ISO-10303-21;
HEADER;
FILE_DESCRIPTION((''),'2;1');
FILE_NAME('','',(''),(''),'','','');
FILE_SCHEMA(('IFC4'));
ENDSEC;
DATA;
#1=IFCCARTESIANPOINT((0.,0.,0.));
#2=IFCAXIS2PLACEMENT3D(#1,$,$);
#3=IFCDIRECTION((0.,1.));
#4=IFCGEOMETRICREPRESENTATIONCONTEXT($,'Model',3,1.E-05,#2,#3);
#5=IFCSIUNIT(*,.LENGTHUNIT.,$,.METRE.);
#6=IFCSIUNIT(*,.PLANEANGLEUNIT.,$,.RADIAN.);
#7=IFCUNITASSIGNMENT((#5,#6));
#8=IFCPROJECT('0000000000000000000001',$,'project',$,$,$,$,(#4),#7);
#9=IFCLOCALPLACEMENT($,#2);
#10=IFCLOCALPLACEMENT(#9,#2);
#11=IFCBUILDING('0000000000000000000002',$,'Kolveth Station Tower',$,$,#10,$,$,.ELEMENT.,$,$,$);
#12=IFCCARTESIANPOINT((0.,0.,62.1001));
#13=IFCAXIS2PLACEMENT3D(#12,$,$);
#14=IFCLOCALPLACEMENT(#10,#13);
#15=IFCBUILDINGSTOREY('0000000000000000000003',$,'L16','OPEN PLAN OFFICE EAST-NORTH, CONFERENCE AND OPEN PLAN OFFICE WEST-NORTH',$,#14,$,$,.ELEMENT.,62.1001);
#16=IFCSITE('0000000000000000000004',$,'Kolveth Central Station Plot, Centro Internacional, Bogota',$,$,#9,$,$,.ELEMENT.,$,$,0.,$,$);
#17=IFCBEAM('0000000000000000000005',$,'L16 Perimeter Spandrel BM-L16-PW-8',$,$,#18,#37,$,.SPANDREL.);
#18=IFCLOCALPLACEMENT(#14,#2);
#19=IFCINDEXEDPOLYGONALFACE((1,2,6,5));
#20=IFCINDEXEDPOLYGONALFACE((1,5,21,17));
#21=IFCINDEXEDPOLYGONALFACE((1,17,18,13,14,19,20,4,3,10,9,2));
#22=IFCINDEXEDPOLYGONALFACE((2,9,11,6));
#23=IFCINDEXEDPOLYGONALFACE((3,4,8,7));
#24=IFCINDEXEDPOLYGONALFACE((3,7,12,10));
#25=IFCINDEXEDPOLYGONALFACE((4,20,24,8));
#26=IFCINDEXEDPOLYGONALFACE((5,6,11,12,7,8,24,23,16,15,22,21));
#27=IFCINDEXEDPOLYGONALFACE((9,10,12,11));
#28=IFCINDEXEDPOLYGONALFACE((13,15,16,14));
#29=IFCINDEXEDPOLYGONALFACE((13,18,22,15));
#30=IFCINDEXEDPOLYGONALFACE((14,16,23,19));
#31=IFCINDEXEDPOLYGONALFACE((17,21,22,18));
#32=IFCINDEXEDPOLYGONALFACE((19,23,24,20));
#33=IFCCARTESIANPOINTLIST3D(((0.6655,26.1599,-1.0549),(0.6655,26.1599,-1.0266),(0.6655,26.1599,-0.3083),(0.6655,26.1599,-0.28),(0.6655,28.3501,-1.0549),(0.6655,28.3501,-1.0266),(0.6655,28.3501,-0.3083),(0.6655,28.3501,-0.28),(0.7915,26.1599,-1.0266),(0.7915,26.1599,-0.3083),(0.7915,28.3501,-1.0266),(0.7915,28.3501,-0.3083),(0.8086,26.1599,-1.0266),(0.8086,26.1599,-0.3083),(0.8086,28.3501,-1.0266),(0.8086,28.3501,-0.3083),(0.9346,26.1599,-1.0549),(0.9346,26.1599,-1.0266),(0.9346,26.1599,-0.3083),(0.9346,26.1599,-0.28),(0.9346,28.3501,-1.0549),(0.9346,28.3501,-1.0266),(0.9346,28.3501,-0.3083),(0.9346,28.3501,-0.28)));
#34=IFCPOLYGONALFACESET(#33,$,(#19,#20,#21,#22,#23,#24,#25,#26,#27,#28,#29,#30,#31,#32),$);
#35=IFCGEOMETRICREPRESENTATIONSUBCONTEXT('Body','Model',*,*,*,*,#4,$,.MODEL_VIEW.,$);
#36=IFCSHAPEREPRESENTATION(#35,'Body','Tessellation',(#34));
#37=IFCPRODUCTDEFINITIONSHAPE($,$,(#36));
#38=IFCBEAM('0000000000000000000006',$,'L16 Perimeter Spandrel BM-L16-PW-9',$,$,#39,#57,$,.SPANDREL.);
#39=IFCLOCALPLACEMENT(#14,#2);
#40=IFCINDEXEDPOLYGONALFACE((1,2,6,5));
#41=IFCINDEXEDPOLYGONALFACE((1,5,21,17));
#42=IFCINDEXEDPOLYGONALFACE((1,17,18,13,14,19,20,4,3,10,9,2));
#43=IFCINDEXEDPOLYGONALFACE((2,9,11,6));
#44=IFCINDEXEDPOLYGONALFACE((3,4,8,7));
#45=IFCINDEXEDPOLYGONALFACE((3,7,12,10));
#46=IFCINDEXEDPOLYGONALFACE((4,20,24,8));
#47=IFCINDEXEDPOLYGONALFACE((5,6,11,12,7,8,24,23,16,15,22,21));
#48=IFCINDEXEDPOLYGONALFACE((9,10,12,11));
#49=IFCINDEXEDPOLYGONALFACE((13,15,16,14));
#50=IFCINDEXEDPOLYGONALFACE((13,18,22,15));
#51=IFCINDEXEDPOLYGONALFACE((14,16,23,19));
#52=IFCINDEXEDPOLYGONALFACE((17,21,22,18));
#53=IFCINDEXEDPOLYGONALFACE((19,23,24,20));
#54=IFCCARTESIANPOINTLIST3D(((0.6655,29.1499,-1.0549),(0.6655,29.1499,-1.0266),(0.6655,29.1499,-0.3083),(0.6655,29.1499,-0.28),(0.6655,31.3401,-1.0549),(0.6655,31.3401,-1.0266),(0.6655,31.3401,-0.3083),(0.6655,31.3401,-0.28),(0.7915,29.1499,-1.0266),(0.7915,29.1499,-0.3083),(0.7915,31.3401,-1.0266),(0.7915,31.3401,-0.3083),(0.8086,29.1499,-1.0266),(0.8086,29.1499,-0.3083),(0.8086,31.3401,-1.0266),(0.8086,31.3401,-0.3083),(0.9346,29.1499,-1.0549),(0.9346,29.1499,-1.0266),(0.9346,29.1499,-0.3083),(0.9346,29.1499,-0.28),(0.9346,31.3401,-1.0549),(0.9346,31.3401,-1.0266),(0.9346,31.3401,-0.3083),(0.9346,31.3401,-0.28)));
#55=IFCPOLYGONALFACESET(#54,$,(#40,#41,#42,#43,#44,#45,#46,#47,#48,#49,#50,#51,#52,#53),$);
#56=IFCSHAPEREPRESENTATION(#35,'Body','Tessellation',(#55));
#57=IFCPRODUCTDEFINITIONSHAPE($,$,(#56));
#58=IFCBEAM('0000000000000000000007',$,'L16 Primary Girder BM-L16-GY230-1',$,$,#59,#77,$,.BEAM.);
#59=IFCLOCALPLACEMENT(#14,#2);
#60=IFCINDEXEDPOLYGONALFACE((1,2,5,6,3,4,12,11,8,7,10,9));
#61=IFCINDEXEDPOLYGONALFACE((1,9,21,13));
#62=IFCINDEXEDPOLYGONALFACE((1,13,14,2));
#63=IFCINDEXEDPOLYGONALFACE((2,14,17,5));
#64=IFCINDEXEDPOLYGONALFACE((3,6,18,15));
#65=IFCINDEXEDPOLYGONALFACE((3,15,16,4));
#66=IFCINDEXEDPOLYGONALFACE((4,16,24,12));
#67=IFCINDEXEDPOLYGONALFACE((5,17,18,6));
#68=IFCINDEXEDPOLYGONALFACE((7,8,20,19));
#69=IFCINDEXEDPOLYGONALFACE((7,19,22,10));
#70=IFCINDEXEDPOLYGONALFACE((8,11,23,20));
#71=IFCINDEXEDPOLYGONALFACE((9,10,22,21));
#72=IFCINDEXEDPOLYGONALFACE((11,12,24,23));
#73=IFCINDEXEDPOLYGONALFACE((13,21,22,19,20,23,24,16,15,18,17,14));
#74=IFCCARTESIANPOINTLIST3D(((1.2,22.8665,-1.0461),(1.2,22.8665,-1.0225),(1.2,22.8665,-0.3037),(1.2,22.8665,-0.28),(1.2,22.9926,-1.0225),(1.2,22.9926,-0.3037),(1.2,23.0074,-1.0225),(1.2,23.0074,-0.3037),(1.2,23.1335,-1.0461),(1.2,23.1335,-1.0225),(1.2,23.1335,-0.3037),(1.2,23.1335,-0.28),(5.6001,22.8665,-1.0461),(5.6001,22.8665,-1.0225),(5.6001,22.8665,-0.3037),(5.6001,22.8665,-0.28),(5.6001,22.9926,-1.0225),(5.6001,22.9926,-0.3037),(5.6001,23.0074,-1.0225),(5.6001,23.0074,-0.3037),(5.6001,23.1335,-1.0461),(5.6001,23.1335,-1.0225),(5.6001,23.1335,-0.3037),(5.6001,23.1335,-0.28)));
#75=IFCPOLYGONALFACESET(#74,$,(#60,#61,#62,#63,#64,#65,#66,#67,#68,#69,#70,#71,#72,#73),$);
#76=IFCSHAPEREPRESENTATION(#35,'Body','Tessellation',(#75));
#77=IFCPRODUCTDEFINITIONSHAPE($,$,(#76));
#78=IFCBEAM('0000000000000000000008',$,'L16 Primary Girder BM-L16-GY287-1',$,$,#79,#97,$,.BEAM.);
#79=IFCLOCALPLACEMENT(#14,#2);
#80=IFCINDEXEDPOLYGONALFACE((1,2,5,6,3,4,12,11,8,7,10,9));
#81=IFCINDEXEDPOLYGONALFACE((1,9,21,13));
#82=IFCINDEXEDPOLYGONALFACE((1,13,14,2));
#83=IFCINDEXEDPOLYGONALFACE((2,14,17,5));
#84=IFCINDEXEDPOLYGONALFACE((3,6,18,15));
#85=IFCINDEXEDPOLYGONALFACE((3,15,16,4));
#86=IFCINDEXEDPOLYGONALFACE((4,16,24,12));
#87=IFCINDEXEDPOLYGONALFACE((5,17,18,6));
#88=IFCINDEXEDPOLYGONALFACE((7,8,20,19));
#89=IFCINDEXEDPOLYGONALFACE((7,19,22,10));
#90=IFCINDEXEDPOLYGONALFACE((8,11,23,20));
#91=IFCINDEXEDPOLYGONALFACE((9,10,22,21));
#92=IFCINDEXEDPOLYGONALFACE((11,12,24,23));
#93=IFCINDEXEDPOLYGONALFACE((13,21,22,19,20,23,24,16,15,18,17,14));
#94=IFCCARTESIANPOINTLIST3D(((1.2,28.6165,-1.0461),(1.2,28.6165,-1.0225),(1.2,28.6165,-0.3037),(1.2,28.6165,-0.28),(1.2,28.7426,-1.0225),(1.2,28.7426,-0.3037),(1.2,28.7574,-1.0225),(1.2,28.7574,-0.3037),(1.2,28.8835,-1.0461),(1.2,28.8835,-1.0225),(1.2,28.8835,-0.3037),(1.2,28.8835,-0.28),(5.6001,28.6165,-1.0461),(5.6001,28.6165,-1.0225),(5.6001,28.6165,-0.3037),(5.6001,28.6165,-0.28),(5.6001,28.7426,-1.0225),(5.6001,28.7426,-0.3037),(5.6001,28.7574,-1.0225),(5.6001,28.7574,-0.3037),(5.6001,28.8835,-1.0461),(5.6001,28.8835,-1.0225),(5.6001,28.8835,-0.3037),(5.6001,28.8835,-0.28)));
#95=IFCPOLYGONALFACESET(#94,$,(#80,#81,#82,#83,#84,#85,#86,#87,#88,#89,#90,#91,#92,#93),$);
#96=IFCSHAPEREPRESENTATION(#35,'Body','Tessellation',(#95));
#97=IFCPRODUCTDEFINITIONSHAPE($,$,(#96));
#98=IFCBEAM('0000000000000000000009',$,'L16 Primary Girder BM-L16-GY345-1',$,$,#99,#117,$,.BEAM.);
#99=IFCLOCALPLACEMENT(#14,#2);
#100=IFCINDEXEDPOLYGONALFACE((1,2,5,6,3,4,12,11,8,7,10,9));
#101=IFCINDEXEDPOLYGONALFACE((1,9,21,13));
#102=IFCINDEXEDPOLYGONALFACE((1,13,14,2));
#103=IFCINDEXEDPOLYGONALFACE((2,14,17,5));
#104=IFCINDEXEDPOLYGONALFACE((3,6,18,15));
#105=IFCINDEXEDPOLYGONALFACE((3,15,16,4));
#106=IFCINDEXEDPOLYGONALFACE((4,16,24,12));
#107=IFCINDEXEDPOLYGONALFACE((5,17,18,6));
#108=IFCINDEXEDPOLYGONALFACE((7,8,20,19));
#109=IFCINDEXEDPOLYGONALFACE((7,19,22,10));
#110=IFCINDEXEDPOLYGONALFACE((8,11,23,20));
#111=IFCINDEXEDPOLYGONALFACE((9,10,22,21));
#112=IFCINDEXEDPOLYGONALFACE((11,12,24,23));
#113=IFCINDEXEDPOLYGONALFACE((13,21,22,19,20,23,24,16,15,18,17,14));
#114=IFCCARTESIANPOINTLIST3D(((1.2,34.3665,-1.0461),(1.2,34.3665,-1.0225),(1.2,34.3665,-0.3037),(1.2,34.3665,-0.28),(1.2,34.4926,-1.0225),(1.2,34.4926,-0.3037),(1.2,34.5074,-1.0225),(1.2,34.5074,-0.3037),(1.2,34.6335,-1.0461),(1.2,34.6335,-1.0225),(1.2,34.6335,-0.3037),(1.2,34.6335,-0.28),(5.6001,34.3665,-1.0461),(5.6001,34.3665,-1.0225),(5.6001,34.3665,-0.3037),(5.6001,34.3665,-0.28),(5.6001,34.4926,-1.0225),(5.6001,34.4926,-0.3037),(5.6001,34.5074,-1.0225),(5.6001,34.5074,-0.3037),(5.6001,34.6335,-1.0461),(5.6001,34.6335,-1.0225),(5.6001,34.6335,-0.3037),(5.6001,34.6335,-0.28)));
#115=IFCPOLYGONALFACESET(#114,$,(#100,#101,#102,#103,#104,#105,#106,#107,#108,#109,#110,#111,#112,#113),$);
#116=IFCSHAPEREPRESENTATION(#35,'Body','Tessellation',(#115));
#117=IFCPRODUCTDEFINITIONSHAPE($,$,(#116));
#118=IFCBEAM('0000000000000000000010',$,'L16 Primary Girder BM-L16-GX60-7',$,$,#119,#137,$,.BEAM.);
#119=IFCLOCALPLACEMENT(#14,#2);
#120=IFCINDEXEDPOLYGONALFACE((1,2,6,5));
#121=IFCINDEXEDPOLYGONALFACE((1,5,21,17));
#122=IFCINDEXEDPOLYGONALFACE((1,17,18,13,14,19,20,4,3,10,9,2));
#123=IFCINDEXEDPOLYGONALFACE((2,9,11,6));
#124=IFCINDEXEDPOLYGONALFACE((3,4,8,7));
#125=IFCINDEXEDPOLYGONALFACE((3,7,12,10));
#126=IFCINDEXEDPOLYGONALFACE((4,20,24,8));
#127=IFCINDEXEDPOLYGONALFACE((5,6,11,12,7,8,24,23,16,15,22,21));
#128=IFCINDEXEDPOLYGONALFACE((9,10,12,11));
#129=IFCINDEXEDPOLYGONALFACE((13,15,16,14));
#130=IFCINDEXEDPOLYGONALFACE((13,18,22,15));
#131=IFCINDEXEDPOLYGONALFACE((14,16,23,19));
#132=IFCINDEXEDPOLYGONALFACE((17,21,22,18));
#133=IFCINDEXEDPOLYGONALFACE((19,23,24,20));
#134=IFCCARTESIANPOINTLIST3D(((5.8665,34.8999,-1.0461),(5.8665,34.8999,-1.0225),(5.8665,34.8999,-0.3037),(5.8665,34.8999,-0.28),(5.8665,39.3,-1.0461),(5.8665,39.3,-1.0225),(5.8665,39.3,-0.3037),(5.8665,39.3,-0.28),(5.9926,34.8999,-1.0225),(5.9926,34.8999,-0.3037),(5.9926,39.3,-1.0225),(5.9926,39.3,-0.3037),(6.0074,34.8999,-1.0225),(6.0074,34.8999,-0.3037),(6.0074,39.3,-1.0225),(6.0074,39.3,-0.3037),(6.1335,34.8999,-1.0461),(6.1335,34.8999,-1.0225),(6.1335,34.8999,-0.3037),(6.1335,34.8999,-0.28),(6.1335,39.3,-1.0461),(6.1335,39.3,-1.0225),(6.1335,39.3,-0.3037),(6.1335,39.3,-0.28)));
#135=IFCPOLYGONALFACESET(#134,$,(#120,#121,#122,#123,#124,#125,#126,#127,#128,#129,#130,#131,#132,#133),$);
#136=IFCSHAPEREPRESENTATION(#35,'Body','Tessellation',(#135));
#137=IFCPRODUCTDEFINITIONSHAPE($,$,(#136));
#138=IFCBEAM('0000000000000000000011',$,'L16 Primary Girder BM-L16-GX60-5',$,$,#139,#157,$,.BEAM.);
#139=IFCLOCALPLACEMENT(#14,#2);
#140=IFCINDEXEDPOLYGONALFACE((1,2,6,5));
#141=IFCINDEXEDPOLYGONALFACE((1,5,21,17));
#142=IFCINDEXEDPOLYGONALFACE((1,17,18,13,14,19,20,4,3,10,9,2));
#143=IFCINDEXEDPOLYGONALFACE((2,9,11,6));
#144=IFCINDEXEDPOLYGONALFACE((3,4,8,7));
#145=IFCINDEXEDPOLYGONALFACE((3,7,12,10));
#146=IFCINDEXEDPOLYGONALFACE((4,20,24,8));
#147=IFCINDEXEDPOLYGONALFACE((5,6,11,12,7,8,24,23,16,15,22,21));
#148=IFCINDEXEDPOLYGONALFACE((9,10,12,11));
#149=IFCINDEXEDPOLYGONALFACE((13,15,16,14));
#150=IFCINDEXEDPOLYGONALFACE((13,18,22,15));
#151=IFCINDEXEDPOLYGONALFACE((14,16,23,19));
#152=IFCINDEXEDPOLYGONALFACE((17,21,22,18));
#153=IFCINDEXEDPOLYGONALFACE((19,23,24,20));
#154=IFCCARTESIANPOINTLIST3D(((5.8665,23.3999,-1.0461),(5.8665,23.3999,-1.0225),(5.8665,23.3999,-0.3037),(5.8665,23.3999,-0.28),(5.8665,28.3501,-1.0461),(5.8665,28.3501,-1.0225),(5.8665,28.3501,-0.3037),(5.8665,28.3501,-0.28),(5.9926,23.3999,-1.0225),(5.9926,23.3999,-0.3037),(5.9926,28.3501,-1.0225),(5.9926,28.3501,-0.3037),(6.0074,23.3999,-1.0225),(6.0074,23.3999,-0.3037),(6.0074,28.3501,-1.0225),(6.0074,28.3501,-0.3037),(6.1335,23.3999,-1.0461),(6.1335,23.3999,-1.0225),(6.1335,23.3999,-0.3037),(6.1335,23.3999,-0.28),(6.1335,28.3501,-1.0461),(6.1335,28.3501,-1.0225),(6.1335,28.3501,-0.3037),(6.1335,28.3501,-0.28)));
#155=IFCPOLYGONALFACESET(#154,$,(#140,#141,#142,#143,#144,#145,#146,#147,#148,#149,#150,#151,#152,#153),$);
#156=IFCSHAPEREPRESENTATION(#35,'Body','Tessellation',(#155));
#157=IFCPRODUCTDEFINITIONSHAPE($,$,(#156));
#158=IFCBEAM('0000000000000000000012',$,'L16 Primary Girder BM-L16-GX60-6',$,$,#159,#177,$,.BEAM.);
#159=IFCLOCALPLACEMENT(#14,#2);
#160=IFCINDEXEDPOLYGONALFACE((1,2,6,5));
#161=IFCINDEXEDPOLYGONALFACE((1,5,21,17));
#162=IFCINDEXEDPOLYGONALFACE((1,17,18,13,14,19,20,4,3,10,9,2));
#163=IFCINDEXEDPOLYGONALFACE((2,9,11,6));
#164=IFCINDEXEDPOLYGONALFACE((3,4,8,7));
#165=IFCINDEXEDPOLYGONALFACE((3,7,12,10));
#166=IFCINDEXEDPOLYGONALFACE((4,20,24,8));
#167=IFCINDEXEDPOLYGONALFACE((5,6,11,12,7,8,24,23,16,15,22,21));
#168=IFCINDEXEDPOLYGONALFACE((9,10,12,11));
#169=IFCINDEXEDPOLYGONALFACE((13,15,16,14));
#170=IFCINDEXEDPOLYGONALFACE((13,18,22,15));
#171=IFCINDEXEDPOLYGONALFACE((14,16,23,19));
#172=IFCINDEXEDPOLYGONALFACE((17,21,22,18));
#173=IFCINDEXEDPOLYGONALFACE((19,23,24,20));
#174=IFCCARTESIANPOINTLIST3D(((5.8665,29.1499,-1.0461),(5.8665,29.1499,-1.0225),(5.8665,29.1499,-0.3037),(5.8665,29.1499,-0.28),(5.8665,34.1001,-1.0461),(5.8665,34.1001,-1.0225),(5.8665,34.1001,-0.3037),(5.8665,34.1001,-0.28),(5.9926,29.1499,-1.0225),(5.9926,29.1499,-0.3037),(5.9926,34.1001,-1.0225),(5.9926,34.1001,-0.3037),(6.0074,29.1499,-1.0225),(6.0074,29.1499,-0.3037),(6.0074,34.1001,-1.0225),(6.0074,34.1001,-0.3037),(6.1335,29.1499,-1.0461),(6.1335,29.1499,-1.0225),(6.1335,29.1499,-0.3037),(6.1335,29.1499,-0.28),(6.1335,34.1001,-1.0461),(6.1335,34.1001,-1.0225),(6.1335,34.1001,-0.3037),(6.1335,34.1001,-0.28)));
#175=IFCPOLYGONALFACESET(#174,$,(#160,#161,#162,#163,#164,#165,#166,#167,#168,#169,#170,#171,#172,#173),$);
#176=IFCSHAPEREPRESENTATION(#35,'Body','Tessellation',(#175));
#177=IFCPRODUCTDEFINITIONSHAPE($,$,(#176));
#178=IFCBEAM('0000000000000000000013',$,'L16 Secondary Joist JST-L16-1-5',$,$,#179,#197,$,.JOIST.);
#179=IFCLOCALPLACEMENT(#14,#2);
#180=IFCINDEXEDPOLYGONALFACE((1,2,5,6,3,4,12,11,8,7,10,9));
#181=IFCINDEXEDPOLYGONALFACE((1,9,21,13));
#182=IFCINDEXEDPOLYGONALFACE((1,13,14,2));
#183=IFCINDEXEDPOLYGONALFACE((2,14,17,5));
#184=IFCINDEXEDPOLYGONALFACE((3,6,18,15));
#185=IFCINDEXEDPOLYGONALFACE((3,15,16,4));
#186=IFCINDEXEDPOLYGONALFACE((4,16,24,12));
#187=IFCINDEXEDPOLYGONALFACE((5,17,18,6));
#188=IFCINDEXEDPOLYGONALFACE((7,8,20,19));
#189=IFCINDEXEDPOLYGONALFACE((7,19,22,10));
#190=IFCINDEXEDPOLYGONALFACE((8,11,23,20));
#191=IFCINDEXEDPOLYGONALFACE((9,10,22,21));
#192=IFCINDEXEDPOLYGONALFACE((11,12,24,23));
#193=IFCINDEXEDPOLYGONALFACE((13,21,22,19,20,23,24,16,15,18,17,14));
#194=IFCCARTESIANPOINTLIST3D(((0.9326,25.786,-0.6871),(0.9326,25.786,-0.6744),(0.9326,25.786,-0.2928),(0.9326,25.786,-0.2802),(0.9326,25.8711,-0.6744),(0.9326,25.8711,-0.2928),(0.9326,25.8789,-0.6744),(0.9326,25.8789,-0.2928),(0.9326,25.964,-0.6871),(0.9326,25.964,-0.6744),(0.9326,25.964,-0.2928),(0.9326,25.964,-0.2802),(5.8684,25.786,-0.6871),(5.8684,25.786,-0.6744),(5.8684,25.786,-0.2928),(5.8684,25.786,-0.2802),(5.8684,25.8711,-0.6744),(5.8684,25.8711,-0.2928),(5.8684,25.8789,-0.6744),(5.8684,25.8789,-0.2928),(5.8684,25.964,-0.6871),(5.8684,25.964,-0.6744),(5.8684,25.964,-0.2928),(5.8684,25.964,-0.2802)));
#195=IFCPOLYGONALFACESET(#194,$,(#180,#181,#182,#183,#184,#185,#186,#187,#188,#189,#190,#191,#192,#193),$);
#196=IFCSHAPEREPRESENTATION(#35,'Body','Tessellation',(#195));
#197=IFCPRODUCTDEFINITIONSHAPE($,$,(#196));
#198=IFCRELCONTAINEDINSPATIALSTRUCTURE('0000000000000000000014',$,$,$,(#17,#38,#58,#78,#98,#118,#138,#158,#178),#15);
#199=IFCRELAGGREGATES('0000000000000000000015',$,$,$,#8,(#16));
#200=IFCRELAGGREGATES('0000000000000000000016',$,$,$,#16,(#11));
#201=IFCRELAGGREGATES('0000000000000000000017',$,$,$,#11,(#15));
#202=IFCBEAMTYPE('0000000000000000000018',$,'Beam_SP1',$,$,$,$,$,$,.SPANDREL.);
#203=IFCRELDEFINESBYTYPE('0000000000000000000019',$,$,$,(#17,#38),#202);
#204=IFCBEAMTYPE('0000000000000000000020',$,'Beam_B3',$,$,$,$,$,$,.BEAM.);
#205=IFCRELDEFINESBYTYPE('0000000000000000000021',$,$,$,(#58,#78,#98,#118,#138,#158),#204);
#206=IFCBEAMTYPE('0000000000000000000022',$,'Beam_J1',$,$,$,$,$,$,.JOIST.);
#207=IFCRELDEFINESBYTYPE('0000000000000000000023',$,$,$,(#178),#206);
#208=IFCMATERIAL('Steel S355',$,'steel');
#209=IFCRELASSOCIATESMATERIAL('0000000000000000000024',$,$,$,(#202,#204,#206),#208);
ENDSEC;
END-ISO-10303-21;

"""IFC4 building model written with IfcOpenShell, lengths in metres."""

from ifc_helpers import new_model, si_unit, direction, frame, origin, origin_2d, place, context, subcontext, project, spatial, i_section, extrude, source, transform, mapped, material, material_profile, profile_set, type_object, element, save


model = new_model("IFC4")

# Units and contexts
model_context = context("Model", 3, precision=1e-05, world=origin(), true_north=direction((0.0, 1.0)))
body_context = subcontext(model_context, "Body", "Model", "MODEL_VIEW")
ifc_project = project(units=[si_unit("LENGTHUNIT", "METRE"), si_unit("PLANEANGLEUNIT", "RADIAN")], contexts=[model_context])

# Site, building, storey
site_placement = place(None, origin())
site = spatial("IfcSite", under=ifc_project, at=site_placement, Name="Kolveth Central Station Plot, Centro Internacional, Bogota", CompositionType="ELEMENT", RefElevation=0.0)
building_placement = place(site_placement, origin())
building = spatial("IfcBuilding", under=site, at=building_placement, Name="Kolveth Station Tower", CompositionType="ELEMENT")
storey_placement = place(building_placement, frame((0.0, 0.0, 62.1001)))
storey = spatial("IfcBuildingStorey", under=building, at=storey_placement, Name="L16", Description="OPEN PLAN OFFICE EAST-NORTH, CONFERENCE AND OPEN PLAN OFFICE WEST-NORTH", CompositionType="ELEMENT", Elevation=62.1001)

# Shared definitions
ifc_material_1 = material(Name="Steel S355", Category="steel")

# Beams
ifc_material_profile_1 = material_profile(ifc_material_1, i_section(OverallWidth=0.269, OverallDepth=0.7749, WebThickness=0.0171, FlangeThickness=0.0283, at=origin_2d()), Name="W760x220")
ifc_profile_set_1 = profile_set([ifc_material_profile_1], Name="Steel S355")
beam_type_1 = type_object("IfcBeamType", Name="Beam_SP1", PredefinedType="SPANDREL", material=ifc_profile_set_1)
shared_shape_1 = source(origin(), body_context, "Body", "SweptSolid", [
    extrude(i_section(OverallWidth=0.269, OverallDepth=0.7749, WebThickness=0.0171, FlangeThickness=0.0283, at=origin_2d()), origin(), (0.0, 0.0, 1.0), 2.1902),
])
for number, where, z_axis, x_axis, name in (
    (1, (0.8, 26.1599, -0.6675), (0.0, 1.0, 0.0), (-1.0, 0.0, 0.0), "L16 Perimeter Spandrel BM-L16-PW-8"),
    (2, (0.8, 29.1499, -0.6675), (0.0, 1.0, 0.0), (-1.0, 0.0, 0.0), "L16 Perimeter Spandrel BM-L16-PW-9"),
):
    element("IfcBeam", number, at=place(storey_placement, frame(where, z_axis=z_axis, x_axis=x_axis)), inside=storey, type_object=beam_type_1, Name=name, PredefinedType="SPANDREL", context=body_context, shape_type="MappedRepresentation", body=[
        mapped(shared_shape_1, transform((0.0, 0.0, 0.0), x_axis=(1.0, 0.0, 0.0), y_axis=(0.0, 1.0, 0.0), z_axis=(0.0, 0.0, 1.0), scale=1.0)),
    ])
ifc_material_profile_2 = material_profile(ifc_material_1, i_section(OverallWidth=0.2671, OverallDepth=0.7661, WebThickness=0.0149, FlangeThickness=0.0237, at=origin_2d()), Name="W760x185")
ifc_profile_set_2 = profile_set([ifc_material_profile_2], Name="Steel S355")
beam_type_2 = type_object("IfcBeamType", Name="Beam_B3", PredefinedType="BEAM", material=ifc_profile_set_2)
shared_shape_2 = source(origin(), body_context, "Body", "SweptSolid", [
    extrude(i_section(OverallWidth=0.2671, OverallDepth=0.7661, WebThickness=0.0149, FlangeThickness=0.0237, at=origin_2d()), origin(), (0.0, 0.0, 1.0), 4.4001),
])
for number, where, z_axis, x_axis, name in (
    (3, (1.2, 23.0, -0.6631), (1.0, 0.0, 0.0), (0.0, 1.0, 0.0), "L16 Primary Girder BM-L16-GY230-1"),
    (4, (1.2, 28.75, -0.6631), (1.0, 0.0, 0.0), (0.0, 1.0, 0.0), "L16 Primary Girder BM-L16-GY287-1"),
    (5, (1.2, 34.5, -0.6631), (1.0, 0.0, 0.0), (0.0, 1.0, 0.0), "L16 Primary Girder BM-L16-GY345-1"),
    (6, (6.0, 34.8999, -0.6631), (0.0, 1.0, 0.0), (-1.0, 0.0, 0.0), "L16 Primary Girder BM-L16-GX60-7"),
):
    element("IfcBeam", number, at=place(storey_placement, frame(where, z_axis=z_axis, x_axis=x_axis)), inside=storey, type_object=beam_type_2, Name=name, PredefinedType="BEAM", context=body_context, shape_type="MappedRepresentation", body=[
        mapped(shared_shape_2, transform((0.0, 0.0, 0.0), x_axis=(1.0, 0.0, 0.0), y_axis=(0.0, 1.0, 0.0), z_axis=(0.0, 0.0, 1.0), scale=1.0)),
    ])
shared_shape_3 = source(origin(), body_context, "Body", "SweptSolid", [
    extrude(i_section(OverallWidth=0.2671, OverallDepth=0.7661, WebThickness=0.0149, FlangeThickness=0.0237, at=origin_2d()), origin(), (0.0, 0.0, 1.0), 4.9502),
])
for number, where, z_axis, x_axis, name in (
    (7, (6.0, 23.3999, -0.6631), (0.0, 1.0, 0.0), (-1.0, 0.0, 0.0), "L16 Primary Girder BM-L16-GX60-5"),
    (8, (6.0, 29.1499, -0.6631), (0.0, 1.0, 0.0), (-1.0, 0.0, 0.0), "L16 Primary Girder BM-L16-GX60-6"),
):
    element("IfcBeam", number, at=place(storey_placement, frame(where, z_axis=z_axis, x_axis=x_axis)), inside=storey, type_object=beam_type_2, Name=name, PredefinedType="BEAM", context=body_context, shape_type="MappedRepresentation", body=[
        mapped(shared_shape_3, transform((0.0, 0.0, 0.0), x_axis=(1.0, 0.0, 0.0), y_axis=(0.0, 1.0, 0.0), z_axis=(0.0, 0.0, 1.0), scale=1.0)),
    ])
ifc_material_profile_3 = material_profile(ifc_material_1, i_section(OverallWidth=0.178, OverallDepth=0.407, WebThickness=0.0078, FlangeThickness=0.0127, at=origin_2d()), Name="W410x60")
ifc_profile_set_3 = profile_set([ifc_material_profile_3], Name="Steel S355")
beam_type_3 = type_object("IfcBeamType", Name="Beam_J1", PredefinedType="JOIST", material=ifc_profile_set_3)
shared_shape_4 = source(origin(), body_context, "Body", "SweptSolid", [
    extrude(i_section(OverallWidth=0.178, OverallDepth=0.407, WebThickness=0.0078, FlangeThickness=0.0127, at=origin_2d()), origin(), (0.0, 0.0, 1.0), 4.9358),
])
for number, where, z_axis, x_axis, name in (
    (9, (0.9326, 25.875, -0.4836), (1.0, 0.0, 0.0), (0.0, 1.0, 0.0), "L16 Secondary Joist JST-L16-1-5"),
):
    element("IfcBeam", number, at=place(storey_placement, frame(where, z_axis=z_axis, x_axis=x_axis)), inside=storey, type_object=beam_type_3, Name=name, PredefinedType="JOIST", context=body_context, shape_type="MappedRepresentation", body=[
        mapped(shared_shape_4, transform((0.0, 0.0, 0.0), x_axis=(1.0, 0.0, 0.0), y_axis=(0.0, 1.0, 0.0), z_axis=(0.0, 0.0, 1.0), scale=1.0)),
    ])

save(model, "model.ifc")
